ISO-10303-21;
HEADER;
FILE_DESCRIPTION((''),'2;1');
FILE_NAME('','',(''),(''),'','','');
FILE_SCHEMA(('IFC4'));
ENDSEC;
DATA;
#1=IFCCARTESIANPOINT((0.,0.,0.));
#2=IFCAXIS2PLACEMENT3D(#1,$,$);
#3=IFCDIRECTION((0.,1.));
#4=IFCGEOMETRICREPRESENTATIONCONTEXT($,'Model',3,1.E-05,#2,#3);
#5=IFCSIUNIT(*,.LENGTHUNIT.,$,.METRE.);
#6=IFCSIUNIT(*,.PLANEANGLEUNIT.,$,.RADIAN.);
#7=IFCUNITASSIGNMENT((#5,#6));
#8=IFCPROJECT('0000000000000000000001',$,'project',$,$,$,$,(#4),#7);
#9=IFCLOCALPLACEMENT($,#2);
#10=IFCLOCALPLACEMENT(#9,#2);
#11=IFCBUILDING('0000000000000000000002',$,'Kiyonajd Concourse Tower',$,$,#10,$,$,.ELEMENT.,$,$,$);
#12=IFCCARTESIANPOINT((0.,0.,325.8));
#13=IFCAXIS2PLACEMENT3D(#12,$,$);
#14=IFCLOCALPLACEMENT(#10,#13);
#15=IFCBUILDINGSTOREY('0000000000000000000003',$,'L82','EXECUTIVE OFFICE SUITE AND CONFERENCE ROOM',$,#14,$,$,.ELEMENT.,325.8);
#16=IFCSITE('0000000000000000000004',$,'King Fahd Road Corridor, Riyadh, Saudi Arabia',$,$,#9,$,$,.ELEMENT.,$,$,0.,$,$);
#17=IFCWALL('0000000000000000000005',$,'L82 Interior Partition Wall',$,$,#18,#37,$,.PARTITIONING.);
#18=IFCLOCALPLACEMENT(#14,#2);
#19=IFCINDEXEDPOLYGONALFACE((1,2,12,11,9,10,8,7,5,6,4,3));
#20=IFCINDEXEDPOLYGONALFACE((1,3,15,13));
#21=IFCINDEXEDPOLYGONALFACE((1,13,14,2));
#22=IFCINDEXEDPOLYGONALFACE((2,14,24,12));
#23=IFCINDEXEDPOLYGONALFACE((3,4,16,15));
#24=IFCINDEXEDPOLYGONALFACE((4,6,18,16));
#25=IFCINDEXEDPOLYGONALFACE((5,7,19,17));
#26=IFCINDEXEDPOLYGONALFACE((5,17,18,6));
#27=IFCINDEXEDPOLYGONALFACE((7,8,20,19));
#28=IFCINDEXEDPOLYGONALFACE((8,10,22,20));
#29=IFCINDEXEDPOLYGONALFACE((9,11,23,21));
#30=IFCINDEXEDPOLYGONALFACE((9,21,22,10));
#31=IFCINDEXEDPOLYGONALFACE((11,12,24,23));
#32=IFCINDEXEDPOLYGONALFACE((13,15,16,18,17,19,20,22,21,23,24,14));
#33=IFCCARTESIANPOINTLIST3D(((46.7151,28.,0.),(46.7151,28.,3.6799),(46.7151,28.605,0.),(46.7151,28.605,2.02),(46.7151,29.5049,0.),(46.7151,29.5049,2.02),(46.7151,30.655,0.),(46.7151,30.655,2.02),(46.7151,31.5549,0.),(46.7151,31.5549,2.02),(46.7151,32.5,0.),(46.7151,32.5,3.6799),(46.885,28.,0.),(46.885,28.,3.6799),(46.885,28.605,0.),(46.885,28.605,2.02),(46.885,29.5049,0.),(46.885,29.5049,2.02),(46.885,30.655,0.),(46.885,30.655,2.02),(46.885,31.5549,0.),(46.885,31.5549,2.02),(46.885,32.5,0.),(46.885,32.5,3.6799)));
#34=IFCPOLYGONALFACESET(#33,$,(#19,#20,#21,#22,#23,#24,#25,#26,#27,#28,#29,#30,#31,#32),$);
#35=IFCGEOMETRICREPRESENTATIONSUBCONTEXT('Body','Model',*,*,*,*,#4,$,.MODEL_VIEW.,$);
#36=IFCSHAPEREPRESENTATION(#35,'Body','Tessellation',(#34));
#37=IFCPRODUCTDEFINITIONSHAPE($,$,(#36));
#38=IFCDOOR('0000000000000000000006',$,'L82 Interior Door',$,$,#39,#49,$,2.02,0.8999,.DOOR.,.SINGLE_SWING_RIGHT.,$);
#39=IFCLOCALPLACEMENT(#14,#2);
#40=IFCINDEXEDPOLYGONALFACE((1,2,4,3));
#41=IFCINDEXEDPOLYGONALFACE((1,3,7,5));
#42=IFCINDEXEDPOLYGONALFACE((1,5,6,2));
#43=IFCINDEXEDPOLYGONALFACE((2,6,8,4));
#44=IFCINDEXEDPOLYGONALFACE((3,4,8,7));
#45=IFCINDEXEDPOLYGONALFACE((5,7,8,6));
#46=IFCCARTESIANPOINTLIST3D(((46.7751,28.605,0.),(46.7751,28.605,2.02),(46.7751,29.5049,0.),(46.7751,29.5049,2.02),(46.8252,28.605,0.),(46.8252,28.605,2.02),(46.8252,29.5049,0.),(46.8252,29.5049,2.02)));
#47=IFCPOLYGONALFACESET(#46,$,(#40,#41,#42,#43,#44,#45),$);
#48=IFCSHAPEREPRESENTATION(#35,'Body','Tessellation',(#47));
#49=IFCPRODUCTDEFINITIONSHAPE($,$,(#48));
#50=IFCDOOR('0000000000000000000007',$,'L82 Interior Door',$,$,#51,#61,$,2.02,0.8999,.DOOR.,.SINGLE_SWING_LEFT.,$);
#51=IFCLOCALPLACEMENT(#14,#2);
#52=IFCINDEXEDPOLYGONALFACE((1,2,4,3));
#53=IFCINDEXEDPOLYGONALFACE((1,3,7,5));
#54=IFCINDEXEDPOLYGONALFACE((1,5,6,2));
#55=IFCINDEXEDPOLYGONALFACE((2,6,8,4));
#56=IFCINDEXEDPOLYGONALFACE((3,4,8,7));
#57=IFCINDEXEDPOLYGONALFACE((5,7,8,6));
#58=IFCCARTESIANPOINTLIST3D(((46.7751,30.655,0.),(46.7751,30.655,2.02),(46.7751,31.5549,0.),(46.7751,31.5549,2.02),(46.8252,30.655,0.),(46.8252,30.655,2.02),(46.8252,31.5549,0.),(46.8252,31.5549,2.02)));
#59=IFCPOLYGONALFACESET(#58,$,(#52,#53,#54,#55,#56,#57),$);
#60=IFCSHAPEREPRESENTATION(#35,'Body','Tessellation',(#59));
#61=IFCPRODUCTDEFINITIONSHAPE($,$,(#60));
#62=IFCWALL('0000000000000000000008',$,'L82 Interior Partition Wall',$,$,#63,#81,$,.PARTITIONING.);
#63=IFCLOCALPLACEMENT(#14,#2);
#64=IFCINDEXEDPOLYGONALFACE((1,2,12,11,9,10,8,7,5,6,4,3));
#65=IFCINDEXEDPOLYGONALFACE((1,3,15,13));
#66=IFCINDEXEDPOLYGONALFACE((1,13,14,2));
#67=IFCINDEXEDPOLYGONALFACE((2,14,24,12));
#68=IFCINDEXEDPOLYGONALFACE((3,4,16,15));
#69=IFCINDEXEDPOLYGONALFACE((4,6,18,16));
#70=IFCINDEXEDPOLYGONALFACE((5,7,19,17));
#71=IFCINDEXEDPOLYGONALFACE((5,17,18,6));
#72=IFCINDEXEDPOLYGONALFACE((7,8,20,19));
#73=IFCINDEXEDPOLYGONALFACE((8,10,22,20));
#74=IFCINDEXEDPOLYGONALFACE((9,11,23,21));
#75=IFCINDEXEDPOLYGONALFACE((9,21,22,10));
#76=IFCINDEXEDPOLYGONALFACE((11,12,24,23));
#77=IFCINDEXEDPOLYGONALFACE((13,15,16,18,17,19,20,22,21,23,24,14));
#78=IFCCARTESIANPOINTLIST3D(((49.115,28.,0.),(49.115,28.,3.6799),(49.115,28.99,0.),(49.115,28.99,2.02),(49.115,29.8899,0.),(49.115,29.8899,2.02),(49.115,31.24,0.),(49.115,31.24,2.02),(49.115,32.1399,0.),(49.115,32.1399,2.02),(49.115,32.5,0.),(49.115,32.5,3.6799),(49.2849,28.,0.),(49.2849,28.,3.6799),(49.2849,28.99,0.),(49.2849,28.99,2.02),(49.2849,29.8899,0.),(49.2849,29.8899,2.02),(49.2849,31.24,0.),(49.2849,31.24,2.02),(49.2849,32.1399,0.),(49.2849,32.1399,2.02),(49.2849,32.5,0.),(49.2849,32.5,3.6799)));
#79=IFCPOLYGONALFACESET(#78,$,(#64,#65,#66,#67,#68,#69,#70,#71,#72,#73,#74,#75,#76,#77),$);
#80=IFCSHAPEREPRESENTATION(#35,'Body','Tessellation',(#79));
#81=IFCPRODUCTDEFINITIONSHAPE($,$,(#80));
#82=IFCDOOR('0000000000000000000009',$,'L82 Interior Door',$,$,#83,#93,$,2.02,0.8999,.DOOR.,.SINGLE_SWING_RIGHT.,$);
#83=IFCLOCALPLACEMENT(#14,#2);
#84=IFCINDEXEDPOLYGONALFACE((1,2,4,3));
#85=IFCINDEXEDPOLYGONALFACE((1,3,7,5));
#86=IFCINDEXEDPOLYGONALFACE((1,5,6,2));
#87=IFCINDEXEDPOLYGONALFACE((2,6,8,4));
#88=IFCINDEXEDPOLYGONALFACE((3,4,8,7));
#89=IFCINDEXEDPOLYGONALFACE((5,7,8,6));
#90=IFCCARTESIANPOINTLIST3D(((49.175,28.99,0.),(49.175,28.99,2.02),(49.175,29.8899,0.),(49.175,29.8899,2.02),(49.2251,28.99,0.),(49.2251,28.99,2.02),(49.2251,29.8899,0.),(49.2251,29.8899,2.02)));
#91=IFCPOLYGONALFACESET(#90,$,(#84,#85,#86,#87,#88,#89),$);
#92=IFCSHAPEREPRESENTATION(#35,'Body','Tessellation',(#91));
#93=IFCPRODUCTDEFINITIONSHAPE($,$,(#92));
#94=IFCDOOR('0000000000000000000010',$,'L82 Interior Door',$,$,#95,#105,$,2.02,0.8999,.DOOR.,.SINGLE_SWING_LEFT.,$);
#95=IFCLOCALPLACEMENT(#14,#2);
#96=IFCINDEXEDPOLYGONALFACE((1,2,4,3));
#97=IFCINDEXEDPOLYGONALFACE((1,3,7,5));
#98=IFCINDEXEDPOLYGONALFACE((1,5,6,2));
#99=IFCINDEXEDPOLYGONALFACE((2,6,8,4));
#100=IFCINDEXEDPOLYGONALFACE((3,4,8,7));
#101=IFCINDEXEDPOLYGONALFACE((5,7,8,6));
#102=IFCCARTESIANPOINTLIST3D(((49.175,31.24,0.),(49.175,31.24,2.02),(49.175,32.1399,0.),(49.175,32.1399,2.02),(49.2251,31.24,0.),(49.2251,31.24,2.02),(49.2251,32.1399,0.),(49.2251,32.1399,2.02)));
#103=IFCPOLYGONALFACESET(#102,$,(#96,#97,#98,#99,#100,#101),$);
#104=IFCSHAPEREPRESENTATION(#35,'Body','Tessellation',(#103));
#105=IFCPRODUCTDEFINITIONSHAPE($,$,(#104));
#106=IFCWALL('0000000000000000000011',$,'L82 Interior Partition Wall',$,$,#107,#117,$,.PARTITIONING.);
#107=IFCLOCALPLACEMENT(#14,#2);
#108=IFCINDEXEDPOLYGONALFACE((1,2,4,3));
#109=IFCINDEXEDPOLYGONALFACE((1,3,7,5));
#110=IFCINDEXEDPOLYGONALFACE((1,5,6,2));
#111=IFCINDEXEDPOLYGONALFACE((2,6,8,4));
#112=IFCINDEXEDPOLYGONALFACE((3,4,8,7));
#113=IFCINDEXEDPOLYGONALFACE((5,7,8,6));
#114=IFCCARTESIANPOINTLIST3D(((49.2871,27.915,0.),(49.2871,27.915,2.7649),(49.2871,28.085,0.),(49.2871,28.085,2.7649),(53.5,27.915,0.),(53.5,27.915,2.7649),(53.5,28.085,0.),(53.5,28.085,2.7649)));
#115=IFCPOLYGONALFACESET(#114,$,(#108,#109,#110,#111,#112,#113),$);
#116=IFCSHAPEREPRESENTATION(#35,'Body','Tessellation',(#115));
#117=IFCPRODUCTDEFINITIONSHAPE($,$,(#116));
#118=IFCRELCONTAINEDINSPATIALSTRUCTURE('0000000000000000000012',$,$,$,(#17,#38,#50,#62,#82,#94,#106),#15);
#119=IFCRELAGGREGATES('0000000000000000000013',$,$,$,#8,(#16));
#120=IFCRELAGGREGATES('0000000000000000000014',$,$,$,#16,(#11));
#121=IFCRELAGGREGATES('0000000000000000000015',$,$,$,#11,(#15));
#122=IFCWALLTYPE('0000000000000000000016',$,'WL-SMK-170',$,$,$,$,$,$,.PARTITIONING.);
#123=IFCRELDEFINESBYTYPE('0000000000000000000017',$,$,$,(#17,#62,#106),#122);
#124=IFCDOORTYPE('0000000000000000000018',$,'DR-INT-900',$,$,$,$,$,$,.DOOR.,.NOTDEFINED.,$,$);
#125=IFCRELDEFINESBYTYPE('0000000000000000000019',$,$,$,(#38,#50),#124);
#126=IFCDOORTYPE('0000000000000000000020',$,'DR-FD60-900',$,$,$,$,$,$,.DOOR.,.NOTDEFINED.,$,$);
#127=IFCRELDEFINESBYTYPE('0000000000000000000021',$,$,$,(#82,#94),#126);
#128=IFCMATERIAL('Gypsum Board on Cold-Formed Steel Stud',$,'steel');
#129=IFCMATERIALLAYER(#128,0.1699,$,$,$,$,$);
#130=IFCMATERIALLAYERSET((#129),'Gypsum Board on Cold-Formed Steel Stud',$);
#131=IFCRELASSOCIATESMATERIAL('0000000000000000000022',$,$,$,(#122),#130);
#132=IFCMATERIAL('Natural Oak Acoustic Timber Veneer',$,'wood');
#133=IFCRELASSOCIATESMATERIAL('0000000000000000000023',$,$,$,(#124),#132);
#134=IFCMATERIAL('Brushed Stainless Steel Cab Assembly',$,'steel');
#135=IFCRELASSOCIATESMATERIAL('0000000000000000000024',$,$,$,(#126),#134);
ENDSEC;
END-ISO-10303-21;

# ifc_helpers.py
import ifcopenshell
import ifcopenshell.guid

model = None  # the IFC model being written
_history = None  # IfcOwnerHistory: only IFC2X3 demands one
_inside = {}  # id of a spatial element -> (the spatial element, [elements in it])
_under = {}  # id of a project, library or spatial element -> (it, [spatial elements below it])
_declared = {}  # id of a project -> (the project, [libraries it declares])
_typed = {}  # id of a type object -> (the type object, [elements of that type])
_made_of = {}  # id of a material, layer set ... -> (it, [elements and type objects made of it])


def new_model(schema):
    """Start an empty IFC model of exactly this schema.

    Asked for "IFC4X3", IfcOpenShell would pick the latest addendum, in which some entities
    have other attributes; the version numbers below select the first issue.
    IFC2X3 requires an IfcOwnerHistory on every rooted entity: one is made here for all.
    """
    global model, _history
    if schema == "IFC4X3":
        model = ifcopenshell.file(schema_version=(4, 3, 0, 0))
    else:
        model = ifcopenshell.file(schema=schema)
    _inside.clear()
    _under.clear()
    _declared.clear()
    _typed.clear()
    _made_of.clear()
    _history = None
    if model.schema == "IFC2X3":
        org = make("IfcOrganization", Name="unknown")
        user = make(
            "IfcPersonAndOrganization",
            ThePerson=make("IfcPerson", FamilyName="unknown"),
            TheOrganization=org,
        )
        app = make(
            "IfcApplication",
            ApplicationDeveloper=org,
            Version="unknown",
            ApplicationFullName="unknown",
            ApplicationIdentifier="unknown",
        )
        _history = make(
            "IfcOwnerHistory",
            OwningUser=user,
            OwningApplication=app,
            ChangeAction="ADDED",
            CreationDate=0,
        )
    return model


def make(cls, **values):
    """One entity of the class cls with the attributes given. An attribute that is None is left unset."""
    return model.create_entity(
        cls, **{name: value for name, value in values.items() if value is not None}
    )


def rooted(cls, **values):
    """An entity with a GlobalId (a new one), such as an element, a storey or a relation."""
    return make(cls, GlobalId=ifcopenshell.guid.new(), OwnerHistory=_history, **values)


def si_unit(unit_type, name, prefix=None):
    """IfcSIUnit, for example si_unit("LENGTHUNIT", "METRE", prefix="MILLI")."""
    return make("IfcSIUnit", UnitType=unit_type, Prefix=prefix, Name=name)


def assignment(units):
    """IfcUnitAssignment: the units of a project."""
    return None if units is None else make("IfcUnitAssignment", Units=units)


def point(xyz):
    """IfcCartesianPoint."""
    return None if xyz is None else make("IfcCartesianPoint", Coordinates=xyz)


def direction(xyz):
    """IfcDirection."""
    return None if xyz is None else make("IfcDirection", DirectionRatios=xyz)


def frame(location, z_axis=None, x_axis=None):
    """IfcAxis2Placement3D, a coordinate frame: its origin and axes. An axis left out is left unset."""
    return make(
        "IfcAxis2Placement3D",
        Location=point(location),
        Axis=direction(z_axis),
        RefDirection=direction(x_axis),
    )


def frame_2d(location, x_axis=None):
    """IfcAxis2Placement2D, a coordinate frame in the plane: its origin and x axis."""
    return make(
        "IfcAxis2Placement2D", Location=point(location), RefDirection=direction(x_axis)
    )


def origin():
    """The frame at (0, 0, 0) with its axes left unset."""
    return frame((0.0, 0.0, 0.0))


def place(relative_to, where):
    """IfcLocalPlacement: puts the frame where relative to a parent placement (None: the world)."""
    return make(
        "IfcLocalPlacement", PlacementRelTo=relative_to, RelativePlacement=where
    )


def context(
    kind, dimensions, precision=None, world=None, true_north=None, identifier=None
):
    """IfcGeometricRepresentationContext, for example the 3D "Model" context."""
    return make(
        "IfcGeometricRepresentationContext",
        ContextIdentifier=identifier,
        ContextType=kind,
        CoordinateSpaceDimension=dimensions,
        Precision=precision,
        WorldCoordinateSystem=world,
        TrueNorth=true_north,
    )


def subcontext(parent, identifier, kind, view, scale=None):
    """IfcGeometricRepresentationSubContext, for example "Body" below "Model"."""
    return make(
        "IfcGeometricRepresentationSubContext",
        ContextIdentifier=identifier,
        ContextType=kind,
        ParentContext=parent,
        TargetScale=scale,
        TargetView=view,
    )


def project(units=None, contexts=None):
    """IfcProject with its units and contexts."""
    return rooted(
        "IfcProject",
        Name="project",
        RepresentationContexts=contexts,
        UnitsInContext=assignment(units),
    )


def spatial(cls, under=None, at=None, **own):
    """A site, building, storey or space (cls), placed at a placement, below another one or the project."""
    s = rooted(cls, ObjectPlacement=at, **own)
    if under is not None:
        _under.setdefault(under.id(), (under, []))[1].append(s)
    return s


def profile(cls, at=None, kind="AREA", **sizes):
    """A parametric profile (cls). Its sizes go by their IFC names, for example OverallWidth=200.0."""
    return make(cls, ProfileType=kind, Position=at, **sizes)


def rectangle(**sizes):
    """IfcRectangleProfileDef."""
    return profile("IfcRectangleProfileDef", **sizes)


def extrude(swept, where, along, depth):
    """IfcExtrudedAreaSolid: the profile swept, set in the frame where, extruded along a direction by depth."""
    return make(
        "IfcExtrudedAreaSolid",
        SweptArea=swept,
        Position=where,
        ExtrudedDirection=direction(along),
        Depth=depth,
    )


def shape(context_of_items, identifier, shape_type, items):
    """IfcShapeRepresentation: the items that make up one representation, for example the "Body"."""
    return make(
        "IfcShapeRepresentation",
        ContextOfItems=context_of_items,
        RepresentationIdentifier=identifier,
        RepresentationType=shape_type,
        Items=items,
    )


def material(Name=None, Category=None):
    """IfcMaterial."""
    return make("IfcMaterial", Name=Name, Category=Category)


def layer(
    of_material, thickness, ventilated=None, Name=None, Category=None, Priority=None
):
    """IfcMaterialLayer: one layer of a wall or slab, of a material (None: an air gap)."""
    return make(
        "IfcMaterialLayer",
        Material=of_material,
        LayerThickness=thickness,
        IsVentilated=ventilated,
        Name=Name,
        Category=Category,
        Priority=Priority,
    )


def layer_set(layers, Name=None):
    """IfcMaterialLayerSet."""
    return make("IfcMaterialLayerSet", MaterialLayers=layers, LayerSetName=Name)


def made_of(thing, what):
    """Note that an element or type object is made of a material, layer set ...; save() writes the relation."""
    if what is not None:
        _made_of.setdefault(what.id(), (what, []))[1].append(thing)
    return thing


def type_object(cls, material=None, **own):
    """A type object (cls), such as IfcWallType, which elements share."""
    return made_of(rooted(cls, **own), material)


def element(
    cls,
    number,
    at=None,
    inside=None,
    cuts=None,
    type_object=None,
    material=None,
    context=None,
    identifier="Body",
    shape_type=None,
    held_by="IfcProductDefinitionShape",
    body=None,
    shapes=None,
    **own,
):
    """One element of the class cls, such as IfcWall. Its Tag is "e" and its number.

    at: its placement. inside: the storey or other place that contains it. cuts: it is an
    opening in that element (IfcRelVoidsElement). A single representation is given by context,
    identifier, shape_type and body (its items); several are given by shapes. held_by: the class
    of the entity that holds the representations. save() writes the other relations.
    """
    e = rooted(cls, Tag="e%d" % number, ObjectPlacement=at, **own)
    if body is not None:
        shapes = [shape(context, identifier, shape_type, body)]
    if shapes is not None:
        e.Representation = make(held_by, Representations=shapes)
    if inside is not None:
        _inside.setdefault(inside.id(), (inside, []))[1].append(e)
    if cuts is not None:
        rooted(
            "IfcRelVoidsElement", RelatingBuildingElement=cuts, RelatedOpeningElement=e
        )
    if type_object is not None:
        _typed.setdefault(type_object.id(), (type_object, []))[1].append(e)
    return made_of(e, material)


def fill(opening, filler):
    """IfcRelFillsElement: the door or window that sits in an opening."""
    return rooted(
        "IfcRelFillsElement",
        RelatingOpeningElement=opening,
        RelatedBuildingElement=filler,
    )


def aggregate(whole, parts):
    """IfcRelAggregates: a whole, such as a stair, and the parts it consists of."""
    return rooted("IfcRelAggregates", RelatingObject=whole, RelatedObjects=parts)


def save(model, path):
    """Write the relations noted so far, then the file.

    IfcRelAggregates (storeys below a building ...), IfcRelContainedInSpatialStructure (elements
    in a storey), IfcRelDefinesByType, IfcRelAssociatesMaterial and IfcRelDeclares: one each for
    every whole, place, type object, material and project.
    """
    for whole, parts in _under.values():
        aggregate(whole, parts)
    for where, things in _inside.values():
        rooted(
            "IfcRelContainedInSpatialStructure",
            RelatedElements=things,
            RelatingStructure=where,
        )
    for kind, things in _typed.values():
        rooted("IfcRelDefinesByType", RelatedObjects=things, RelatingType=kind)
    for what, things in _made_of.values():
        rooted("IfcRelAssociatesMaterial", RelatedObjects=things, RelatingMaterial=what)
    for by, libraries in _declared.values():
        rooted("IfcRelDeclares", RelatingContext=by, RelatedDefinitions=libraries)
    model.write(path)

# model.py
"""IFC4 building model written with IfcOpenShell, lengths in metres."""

from ifc_helpers import new_model, si_unit, direction, frame, frame_2d, origin, place, context, subcontext, project, spatial, rectangle, extrude, material, layer, layer_set, type_object, element, fill, save


model = new_model("IFC4")

# Units and contexts
model_context = context("Model", 3, precision=1e-05, world=origin(), true_north=direction((0.0, 1.0)))
body_context = subcontext(model_context, "Body", "Model", "MODEL_VIEW")
ifc_project = project(units=[si_unit("LENGTHUNIT", "METRE"), si_unit("PLANEANGLEUNIT", "RADIAN")], contexts=[model_context])

# Site, building, storey
site_placement = place(None, origin())
site = spatial("IfcSite", under=ifc_project, at=site_placement, Name="King Fahd Road Corridor, Riyadh, Saudi Arabia", CompositionType="ELEMENT", RefElevation=0.0)
building_placement = place(site_placement, origin())
building = spatial("IfcBuilding", under=site, at=building_placement, Name="Kiyonajd Concourse Tower", CompositionType="ELEMENT")
storey_placement = place(building_placement, frame((0.0, 0.0, 325.8)))
storey = spatial("IfcBuildingStorey", under=building, at=storey_placement, Name="L82", Description="EXECUTIVE OFFICE SUITE AND CONFERENCE ROOM", CompositionType="ELEMENT", Elevation=325.8)

# Shared definitions
ifc_material_1 = material(Name="Gypsum Board on Cold-Formed Steel Stud", Category="steel")

# Shared definitions
ifc_layer_1 = layer(ifc_material_1, 0.1699)
ifc_layer_set_1 = layer_set([ifc_layer_1], Name="Gypsum Board on Cold-Formed Steel Stud")
wall_type_1 = type_object("IfcWallType", Name="WL-SMK-170", PredefinedType="PARTITIONING", material=ifc_layer_set_1)
ifc_material_2 = material(Name="Natural Oak Acoustic Timber Veneer", Category="wood")
door_type_1 = type_object("IfcDoorType", Name="DR-INT-900", OperationType="NOTDEFINED", PredefinedType="DOOR", material=ifc_material_2)

# Shared definitions
ifc_material_3 = material(Name="Brushed Stainless Steel Cab Assembly", Category="steel")
door_type_2 = type_object("IfcDoorType", Name="DR-FD60-900", OperationType="NOTDEFINED", PredefinedType="DOOR", material=ifc_material_3)

# Walls, openings, doors
wall_1_placement = place(storey_placement, frame((46.8, 28.0, 0.0), z_axis=(0.0, 0.0, 1.0), x_axis=(0.0, 1.0, 0.0)))
wall_1 = element("IfcWall", 1, at=wall_1_placement, inside=storey, type_object=wall_type_1, Name="L82 Interior Partition Wall", PredefinedType="PARTITIONING", context=body_context, shape_type="SweptSolid", body=[
    extrude(rectangle(XDim=4.5, YDim=0.1699, at=frame_2d((2.25, 0.0))), origin(), (0.0, 0.0, 1.0), 3.6799),
])
opening_1_placement = place(wall_1_placement, frame((0.605, 0.0, 0.0)))
opening_1 = element("IfcOpeningElement", 2, at=opening_1_placement, cuts=wall_1, PredefinedType="OPENING", context=body_context, shape_type="SweptSolid", body=[
    extrude(rectangle(XDim=0.8999, YDim=2.02, at=frame_2d((0.45, 1.01))), frame((0.0, 0.095, 0.0), z_axis=(0.0, -1.0, 0.0), x_axis=(1.0, 0.0, 0.0)), (0.0, 0.0, 1.0), 0.1899),
])
opening_2_placement = place(wall_1_placement, frame((2.655, 0.0, 0.0)))
opening_2 = element("IfcOpeningElement", 3, at=opening_2_placement, cuts=wall_1, PredefinedType="OPENING", context=body_context, shape_type="SweptSolid", body=[
    extrude(rectangle(XDim=0.8999, YDim=2.02, at=frame_2d((0.45, 1.01))), frame((0.0, 0.095, 0.0), z_axis=(0.0, -1.0, 0.0), x_axis=(1.0, 0.0, 0.0)), (0.0, 0.0, 1.0), 0.1899),
])
door_1_placement = place(opening_1_placement, origin())
door_1 = element("IfcDoor", 4, at=door_1_placement, inside=storey, type_object=door_type_1, Name="L82 Interior Door", OperationType="SINGLE_SWING_RIGHT", OverallHeight=2.02, OverallWidth=0.8999, PredefinedType="DOOR", context=body_context, shape_type="SweptSolid", body=[
    extrude(rectangle(XDim=0.8999, YDim=2.02, at=frame_2d((0.45, 1.01))), frame((0.0, 0.0249, 0.0), z_axis=(0.0, -1.0, 0.0), x_axis=(1.0, 0.0, 0.0)), (0.0, 0.0, 1.0), 0.05),
])
fill(opening_1, door_1)
door_2_placement = place(opening_2_placement, origin())
door_2 = element("IfcDoor", 5, at=door_2_placement, inside=storey, type_object=door_type_1, Name="L82 Interior Door", OperationType="SINGLE_SWING_LEFT", OverallHeight=2.02, OverallWidth=0.8999, PredefinedType="DOOR", context=body_context, shape_type="SweptSolid", body=[
    extrude(rectangle(XDim=0.8999, YDim=2.02, at=frame_2d((0.45, 1.01))), frame((0.0, 0.0249, 0.0), z_axis=(0.0, -1.0, 0.0), x_axis=(1.0, 0.0, 0.0)), (0.0, 0.0, 1.0), 0.05),
])
fill(opening_2, door_2)
wall_2_placement = place(storey_placement, frame((49.2, 28.0, 0.0), z_axis=(0.0, 0.0, 1.0), x_axis=(0.0, 1.0, 0.0)))
wall_2 = element("IfcWall", 6, at=wall_2_placement, inside=storey, type_object=wall_type_1, Name="L82 Interior Partition Wall", PredefinedType="PARTITIONING", context=body_context, shape_type="SweptSolid", body=[
    extrude(rectangle(XDim=4.5, YDim=0.1699, at=frame_2d((2.25, 0.0))), origin(), (0.0, 0.0, 1.0), 3.6799),
])
opening_3_placement = place(wall_2_placement, frame((0.99, 0.0, 0.0)))
opening_3 = element("IfcOpeningElement", 7, at=opening_3_placement, cuts=wall_2, PredefinedType="OPENING", context=body_context, shape_type="SweptSolid", body=[
    extrude(rectangle(XDim=0.8999, YDim=2.02, at=frame_2d((0.45, 1.01))), frame((0.0, 0.095, 0.0), z_axis=(0.0, -1.0, 0.0), x_axis=(1.0, 0.0, 0.0)), (0.0, 0.0, 1.0), 0.1899),
])
opening_4_placement = place(wall_2_placement, frame((3.24, 0.0, 0.0)))
opening_4 = element("IfcOpeningElement", 8, at=opening_4_placement, cuts=wall_2, PredefinedType="OPENING", context=body_context, shape_type="SweptSolid", body=[
    extrude(rectangle(XDim=0.8999, YDim=2.02, at=frame_2d((0.45, 1.01))), frame((0.0, 0.095, 0.0), z_axis=(0.0, -1.0, 0.0), x_axis=(1.0, 0.0, 0.0)), (0.0, 0.0, 1.0), 0.1899),
])
door_3_placement = place(opening_3_placement, origin())
door_3 = element("IfcDoor", 9, at=door_3_placement, inside=storey, type_object=door_type_2, Name="L82 Interior Door", OperationType="SINGLE_SWING_RIGHT", OverallHeight=2.02, OverallWidth=0.8999, PredefinedType="DOOR", context=body_context, shape_type="SweptSolid", body=[
    extrude(rectangle(XDim=0.8999, YDim=2.02, at=frame_2d((0.45, 1.01))), frame((0.0, 0.0249, 0.0), z_axis=(0.0, -1.0, 0.0), x_axis=(1.0, 0.0, 0.0)), (0.0, 0.0, 1.0), 0.05),
])
fill(opening_3, door_3)
door_4_placement = place(opening_4_placement, origin())
door_4 = element("IfcDoor", 10, at=door_4_placement, inside=storey, type_object=door_type_2, Name="L82 Interior Door", OperationType="SINGLE_SWING_LEFT", OverallHeight=2.02, OverallWidth=0.8999, PredefinedType="DOOR", context=body_context, shape_type="SweptSolid", body=[
    extrude(rectangle(XDim=0.8999, YDim=2.02, at=frame_2d((0.45, 1.01))), frame((0.0, 0.0249, 0.0), z_axis=(0.0, -1.0, 0.0), x_axis=(1.0, 0.0, 0.0)), (0.0, 0.0, 1.0), 0.05),
])
fill(opening_4, door_4)

# Wall
wall_3_placement = place(storey_placement, frame((49.2871, 28.0, 0.0), z_axis=(0.0, 0.0, 1.0), x_axis=(1.0, 0.0, 0.0)))
element("IfcWall", 11, at=wall_3_placement, inside=storey, type_object=wall_type_1, Name="L82 Interior Partition Wall", PredefinedType="PARTITIONING", context=body_context, shape_type="SweptSolid", body=[
    extrude(rectangle(XDim=4.2129, YDim=0.1699, at=frame_2d((2.1064, 0.0))), origin(), (0.0, 0.0, 1.0), 2.7649),
])

save(model, "model.ifc")
